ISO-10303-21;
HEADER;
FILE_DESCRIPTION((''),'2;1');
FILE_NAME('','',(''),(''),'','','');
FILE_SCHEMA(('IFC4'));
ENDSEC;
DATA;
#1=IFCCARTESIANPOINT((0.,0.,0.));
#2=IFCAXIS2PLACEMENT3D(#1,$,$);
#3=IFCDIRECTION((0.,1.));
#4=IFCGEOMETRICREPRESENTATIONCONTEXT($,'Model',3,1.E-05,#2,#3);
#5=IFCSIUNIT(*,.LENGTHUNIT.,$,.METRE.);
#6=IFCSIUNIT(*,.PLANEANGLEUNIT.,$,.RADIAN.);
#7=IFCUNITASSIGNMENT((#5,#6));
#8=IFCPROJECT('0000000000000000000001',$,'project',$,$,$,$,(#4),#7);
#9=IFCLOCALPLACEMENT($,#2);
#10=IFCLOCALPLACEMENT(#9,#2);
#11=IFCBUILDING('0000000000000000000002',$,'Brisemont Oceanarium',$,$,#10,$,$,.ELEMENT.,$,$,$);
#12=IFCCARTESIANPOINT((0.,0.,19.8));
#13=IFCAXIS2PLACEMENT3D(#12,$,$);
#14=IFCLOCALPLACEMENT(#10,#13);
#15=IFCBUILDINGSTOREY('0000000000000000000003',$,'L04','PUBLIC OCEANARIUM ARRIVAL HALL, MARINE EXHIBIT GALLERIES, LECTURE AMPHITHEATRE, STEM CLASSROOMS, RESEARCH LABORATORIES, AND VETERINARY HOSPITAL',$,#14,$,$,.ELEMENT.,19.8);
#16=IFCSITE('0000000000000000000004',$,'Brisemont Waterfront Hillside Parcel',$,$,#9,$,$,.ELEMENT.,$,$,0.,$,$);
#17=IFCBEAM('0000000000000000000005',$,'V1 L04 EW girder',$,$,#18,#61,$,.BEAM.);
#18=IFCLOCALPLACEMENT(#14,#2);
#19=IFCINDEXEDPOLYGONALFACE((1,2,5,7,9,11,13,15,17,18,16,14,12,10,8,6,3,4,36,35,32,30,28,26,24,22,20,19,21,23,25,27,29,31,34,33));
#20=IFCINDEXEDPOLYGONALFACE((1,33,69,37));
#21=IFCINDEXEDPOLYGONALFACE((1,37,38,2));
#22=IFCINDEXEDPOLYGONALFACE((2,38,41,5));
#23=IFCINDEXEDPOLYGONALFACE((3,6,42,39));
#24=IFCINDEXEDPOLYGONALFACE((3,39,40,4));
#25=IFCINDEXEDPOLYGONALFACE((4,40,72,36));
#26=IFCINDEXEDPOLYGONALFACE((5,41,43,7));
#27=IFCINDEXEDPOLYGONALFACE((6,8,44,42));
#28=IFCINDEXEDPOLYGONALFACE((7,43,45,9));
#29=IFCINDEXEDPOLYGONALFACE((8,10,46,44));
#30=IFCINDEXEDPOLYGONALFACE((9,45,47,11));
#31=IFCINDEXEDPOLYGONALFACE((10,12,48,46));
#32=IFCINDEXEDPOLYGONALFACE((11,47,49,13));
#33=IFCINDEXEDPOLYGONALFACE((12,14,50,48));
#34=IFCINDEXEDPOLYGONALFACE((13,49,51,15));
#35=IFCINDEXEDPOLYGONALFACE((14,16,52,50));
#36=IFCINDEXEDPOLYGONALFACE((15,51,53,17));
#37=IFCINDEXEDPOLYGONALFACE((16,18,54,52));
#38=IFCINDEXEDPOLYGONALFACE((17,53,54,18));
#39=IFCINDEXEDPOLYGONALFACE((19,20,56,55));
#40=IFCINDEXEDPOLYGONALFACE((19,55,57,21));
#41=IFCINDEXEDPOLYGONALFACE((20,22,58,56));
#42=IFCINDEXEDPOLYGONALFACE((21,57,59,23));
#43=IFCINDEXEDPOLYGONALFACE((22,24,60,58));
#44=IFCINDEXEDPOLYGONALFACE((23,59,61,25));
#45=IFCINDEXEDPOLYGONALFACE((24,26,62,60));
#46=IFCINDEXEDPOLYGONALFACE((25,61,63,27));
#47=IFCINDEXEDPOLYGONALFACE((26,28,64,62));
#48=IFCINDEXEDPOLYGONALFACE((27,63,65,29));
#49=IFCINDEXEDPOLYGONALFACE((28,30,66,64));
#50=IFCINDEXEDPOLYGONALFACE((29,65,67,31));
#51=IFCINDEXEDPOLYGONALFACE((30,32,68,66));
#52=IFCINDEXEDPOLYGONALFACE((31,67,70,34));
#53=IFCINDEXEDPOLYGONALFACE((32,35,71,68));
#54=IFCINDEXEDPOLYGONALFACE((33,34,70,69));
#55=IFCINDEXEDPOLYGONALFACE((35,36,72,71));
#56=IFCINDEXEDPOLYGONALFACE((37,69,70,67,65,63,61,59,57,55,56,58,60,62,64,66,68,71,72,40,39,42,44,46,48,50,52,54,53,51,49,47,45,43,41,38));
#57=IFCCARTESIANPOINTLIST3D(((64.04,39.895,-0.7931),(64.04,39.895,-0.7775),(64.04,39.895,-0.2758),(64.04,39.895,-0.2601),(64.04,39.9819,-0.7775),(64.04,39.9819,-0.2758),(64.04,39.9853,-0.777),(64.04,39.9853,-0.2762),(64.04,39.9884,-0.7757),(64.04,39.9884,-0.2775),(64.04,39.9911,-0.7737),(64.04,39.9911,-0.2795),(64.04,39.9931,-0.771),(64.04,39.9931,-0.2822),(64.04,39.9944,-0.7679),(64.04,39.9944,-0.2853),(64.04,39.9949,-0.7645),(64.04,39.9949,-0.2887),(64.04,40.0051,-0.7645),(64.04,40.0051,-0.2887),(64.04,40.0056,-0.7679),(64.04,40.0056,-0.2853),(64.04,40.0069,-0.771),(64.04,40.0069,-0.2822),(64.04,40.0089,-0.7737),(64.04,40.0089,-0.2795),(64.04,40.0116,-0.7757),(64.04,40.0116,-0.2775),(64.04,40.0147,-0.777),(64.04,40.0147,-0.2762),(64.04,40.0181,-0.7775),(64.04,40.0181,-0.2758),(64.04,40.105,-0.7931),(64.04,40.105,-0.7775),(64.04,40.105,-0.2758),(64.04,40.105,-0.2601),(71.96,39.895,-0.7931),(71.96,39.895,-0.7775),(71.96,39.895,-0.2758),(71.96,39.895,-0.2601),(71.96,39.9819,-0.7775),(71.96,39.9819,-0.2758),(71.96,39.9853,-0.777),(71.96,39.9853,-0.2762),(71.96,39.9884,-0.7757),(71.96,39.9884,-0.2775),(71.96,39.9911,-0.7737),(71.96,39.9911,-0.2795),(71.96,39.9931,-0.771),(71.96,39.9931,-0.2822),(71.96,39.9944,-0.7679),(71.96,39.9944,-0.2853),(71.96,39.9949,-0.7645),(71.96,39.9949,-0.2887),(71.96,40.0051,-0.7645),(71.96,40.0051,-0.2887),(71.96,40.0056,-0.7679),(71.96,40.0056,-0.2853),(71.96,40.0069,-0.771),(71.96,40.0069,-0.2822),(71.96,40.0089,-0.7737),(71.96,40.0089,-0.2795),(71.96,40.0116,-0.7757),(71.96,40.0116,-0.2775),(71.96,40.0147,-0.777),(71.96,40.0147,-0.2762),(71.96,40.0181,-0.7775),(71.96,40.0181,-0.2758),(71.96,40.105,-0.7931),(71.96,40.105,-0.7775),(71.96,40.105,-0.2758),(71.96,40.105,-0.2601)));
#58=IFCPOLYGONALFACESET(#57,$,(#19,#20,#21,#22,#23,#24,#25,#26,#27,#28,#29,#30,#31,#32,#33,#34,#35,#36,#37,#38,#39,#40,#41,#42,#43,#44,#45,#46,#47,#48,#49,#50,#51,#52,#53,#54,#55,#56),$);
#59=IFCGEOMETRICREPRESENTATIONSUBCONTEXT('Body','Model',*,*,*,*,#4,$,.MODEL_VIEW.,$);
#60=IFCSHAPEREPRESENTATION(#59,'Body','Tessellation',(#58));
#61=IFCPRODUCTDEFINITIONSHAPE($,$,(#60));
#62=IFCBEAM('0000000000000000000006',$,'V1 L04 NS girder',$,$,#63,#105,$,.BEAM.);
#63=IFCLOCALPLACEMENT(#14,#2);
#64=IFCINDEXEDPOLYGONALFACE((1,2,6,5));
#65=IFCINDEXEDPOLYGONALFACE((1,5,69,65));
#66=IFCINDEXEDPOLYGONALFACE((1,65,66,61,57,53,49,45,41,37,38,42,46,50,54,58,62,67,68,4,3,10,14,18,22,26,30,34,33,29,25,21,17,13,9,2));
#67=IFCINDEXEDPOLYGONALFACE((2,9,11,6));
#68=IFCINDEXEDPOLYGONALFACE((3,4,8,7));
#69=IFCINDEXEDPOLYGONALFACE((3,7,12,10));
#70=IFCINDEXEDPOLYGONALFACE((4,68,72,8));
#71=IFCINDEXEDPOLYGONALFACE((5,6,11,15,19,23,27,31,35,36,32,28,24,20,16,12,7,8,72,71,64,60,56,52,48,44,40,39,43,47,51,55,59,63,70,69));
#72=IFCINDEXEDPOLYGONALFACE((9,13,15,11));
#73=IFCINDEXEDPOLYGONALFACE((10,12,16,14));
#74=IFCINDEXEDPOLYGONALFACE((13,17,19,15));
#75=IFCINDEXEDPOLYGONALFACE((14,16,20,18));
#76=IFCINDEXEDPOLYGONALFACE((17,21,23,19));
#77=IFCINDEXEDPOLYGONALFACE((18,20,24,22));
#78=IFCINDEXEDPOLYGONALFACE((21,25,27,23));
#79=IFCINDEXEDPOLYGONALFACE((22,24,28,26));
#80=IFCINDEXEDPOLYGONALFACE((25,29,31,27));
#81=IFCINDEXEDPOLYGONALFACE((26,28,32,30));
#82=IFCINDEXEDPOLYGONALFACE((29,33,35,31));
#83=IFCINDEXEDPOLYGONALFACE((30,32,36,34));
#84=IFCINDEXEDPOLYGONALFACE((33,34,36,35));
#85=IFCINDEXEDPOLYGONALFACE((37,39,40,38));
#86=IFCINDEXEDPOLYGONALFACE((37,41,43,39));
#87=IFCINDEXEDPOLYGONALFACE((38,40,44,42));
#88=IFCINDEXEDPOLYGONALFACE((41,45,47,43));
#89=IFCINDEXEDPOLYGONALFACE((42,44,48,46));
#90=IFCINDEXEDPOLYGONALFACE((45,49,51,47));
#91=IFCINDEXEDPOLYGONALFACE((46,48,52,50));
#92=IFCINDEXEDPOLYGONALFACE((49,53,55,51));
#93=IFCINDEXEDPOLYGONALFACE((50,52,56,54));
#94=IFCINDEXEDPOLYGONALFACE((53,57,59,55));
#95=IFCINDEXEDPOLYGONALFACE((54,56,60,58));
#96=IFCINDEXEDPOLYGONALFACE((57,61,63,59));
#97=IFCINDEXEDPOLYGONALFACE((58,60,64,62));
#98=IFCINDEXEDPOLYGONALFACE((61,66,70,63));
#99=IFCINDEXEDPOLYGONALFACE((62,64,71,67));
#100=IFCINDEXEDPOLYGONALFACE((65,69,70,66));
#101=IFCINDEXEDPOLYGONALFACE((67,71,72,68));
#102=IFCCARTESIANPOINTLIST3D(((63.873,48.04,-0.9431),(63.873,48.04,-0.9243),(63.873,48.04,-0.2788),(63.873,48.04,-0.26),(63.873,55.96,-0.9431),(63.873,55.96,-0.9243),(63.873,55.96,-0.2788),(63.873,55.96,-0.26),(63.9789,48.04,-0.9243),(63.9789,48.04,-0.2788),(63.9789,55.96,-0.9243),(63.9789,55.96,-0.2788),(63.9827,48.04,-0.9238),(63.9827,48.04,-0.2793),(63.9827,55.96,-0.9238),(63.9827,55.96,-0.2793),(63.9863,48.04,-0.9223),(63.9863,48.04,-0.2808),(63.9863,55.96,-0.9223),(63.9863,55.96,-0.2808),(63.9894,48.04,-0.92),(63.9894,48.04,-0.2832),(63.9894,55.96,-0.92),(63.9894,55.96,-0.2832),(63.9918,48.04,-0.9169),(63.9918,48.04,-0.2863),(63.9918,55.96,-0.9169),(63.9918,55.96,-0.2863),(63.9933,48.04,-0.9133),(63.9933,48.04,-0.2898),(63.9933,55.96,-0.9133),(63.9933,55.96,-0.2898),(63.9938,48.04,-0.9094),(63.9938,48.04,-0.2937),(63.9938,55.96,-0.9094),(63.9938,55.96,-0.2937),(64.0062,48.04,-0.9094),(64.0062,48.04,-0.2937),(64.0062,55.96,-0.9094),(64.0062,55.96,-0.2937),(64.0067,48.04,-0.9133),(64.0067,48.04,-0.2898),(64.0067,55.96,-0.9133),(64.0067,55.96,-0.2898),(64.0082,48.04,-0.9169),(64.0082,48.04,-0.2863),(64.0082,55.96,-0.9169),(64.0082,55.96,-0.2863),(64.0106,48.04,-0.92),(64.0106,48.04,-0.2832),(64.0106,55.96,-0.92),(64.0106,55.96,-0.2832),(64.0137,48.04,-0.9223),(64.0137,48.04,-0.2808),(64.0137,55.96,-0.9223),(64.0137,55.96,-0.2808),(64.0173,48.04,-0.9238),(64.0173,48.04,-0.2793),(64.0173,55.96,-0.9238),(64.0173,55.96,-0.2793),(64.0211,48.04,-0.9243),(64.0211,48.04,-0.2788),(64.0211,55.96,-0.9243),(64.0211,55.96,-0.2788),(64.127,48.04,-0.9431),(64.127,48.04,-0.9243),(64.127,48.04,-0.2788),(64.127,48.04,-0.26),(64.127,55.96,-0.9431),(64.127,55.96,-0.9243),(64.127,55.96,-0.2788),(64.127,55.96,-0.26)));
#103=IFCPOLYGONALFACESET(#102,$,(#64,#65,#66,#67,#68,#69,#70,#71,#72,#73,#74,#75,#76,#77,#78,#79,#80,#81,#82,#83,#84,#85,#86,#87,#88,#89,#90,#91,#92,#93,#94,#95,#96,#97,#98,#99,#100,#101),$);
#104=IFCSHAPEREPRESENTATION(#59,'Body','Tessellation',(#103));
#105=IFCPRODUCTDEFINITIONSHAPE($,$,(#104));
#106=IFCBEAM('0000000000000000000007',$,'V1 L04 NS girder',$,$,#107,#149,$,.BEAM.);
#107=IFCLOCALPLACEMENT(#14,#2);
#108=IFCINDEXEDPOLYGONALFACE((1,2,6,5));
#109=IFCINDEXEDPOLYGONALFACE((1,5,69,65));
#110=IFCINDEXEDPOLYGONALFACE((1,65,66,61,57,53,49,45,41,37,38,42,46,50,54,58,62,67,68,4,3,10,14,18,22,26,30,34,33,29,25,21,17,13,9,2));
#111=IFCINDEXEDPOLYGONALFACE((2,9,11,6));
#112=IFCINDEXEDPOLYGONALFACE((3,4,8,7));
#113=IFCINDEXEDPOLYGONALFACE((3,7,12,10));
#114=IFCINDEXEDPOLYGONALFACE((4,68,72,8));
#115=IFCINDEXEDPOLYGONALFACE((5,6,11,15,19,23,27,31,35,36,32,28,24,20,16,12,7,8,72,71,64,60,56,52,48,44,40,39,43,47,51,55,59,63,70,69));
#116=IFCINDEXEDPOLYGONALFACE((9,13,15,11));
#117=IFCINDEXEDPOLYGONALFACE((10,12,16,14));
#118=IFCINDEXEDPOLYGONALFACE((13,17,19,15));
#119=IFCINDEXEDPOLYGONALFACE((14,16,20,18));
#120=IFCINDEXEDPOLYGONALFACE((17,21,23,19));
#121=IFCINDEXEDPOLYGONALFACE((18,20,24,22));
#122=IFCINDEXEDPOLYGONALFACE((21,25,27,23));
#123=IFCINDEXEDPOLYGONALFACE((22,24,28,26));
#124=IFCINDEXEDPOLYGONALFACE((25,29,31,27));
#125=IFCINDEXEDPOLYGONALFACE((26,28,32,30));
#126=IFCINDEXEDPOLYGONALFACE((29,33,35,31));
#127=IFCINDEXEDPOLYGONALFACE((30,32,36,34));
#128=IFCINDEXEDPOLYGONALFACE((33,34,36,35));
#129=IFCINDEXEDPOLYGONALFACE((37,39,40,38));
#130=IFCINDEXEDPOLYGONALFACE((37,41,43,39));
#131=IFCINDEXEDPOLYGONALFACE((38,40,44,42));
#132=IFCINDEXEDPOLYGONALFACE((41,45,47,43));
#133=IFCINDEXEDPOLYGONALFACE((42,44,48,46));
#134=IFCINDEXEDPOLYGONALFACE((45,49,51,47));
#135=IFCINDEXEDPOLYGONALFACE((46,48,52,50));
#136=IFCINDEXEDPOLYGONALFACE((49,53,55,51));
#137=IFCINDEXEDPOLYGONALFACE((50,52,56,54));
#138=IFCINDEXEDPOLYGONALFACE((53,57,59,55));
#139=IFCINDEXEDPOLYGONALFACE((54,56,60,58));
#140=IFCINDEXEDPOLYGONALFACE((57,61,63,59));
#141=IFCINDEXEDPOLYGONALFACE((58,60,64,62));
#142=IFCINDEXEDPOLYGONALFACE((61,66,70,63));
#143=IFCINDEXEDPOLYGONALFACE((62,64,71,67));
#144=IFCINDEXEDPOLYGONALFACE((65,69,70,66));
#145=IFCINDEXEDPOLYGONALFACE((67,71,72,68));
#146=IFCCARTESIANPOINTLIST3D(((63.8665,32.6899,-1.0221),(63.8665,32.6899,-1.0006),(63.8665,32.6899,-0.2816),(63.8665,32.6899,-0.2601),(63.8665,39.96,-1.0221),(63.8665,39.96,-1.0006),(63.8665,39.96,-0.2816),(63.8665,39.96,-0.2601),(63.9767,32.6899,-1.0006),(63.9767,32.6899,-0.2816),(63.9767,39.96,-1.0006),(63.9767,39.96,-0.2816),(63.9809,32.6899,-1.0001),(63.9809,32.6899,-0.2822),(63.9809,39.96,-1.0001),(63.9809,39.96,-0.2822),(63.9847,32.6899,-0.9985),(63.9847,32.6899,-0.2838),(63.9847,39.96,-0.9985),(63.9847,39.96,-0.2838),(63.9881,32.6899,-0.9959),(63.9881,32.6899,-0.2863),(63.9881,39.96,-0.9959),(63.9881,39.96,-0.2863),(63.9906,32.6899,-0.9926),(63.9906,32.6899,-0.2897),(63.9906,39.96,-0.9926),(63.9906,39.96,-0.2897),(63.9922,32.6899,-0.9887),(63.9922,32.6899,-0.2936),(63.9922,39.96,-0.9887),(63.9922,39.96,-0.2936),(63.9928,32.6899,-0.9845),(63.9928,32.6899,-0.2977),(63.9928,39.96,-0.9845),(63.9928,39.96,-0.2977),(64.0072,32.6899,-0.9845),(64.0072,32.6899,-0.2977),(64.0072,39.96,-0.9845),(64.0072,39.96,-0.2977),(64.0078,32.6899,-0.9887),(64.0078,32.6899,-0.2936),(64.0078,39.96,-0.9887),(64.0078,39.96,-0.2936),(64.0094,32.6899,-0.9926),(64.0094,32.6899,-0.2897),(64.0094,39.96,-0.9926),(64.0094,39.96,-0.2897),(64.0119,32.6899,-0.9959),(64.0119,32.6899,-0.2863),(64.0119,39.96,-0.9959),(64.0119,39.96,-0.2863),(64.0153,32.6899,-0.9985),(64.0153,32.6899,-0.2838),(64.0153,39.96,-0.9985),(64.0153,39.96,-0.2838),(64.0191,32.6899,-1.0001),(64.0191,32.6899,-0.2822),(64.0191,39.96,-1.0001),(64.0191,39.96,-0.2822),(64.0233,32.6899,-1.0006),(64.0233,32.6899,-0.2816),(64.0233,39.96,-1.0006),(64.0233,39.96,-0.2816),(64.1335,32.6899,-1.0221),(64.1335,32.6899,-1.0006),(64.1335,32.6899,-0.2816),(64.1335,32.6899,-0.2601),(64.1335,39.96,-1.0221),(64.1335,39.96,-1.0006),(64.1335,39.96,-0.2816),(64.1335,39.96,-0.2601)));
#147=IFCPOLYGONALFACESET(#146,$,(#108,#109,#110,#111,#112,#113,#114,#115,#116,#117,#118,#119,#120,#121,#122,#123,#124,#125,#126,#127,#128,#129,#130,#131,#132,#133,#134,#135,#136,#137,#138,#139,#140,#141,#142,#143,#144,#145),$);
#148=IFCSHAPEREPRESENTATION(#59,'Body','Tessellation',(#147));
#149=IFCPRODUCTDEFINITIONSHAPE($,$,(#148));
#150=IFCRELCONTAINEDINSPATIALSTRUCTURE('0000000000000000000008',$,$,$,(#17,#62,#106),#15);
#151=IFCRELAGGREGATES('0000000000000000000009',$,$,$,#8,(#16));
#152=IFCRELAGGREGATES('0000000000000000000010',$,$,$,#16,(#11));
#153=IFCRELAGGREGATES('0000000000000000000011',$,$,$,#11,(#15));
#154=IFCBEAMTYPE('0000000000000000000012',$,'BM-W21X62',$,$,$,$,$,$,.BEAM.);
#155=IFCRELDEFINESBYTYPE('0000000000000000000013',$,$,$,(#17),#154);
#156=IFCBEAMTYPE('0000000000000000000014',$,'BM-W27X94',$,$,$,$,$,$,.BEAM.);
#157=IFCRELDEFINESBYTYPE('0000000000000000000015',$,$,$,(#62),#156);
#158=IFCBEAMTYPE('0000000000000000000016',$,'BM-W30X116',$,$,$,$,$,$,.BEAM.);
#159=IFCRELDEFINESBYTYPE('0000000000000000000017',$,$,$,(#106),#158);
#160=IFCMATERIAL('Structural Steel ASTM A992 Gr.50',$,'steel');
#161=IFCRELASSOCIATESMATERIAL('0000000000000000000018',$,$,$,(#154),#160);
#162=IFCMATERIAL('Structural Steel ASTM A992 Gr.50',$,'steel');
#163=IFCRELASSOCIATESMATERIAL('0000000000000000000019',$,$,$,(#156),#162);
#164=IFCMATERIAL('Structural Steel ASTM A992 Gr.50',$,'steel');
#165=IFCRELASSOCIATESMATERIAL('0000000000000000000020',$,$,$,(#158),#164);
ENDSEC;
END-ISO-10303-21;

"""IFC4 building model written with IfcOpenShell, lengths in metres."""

from ifc_helpers import new_model, si_unit, direction, frame, origin, origin_2d, place, context, subcontext, project, spatial, i_section, extrude, material, material_profile, profile_set, type_object, element, save


model = new_model("IFC4")

# Units and contexts
model_context = context("Model", 3, precision=1e-05, world=origin(), true_north=direction((0.0, 1.0)))
body_context = subcontext(model_context, "Body", "Model", "MODEL_VIEW")
ifc_project = project(units=[si_unit("LENGTHUNIT", "METRE"), si_unit("PLANEANGLEUNIT", "RADIAN")], contexts=[model_context])

# Site, building, storey
site_placement = place(None, origin())
site = spatial("IfcSite", under=ifc_project, at=site_placement, Name="Brisemont Waterfront Hillside Parcel", CompositionType="ELEMENT", RefElevation=0.0)
building_placement = place(site_placement, origin())
building = spatial("IfcBuilding", under=site, at=building_placement, Name="Brisemont Oceanarium", CompositionType="ELEMENT")
storey_placement = place(building_placement, frame((0.0, 0.0, 19.8)))
storey = spatial("IfcBuildingStorey", under=building, at=storey_placement, Name="L04", Description="PUBLIC OCEANARIUM ARRIVAL HALL, MARINE EXHIBIT GALLERIES, LECTURE AMPHITHEATRE, STEM CLASSROOMS, RESEARCH LABORATORIES, AND VETERINARY HOSPITAL", CompositionType="ELEMENT", Elevation=19.8)

# Beams
ifc_material_1 = material(Name="Structural Steel ASTM A992 Gr.50", Category="steel")
ifc_material_profile_1 = material_profile(ifc_material_1, i_section(OverallWidth=0.21, OverallDepth=0.533, WebThickness=0.0103, FlangeThickness=0.0156, FilletRadius=0.0129, at=origin_2d()), Name="W21X62")
ifc_profile_set_1 = profile_set([ifc_material_profile_1], Name="Structural Steel ASTM A992 Gr.50")
beam_type_1 = type_object("IfcBeamType", Name="BM-W21X62", PredefinedType="BEAM", material=ifc_profile_set_1)
beam_1_placement = place(storey_placement, frame((64.04, 40.0, -0.5266), z_axis=(1.0, 0.0, 0.0), x_axis=(0.0, 1.0, 0.0)))
element("IfcBeam", 1, at=beam_1_placement, inside=storey, type_object=beam_type_1, Name="V1 L04 EW girder", PredefinedType="BEAM", context=body_context, shape_type="SweptSolid", body=[
    extrude(i_section(OverallWidth=0.21, OverallDepth=0.533, WebThickness=0.0103, FlangeThickness=0.0156, FilletRadius=0.0129, at=origin_2d()), origin(), (0.0, 0.0, 1.0), 7.9199),
])
ifc_material_2 = material(Name="Structural Steel ASTM A992 Gr.50", Category="steel")
ifc_material_profile_2 = material_profile(ifc_material_2, i_section(OverallWidth=0.2539, OverallDepth=0.6831, WebThickness=0.0125, FlangeThickness=0.0188, FilletRadius=0.0149, at=origin_2d()), Name="W27X94")
ifc_profile_set_2 = profile_set([ifc_material_profile_2], Name="Structural Steel ASTM A992 Gr.50")
beam_type_2 = type_object("IfcBeamType", Name="BM-W27X94", PredefinedType="BEAM", material=ifc_profile_set_2)
beam_2_placement = place(storey_placement, frame((64.0, 48.04, -0.6016), z_axis=(0.0, 1.0, 0.0), x_axis=(-1.0, 0.0, 0.0)))
element("IfcBeam", 2, at=beam_2_placement, inside=storey, type_object=beam_type_2, Name="V1 L04 NS girder", PredefinedType="BEAM", context=body_context, shape_type="SweptSolid", body=[
    extrude(i_section(OverallWidth=0.2539, OverallDepth=0.6831, WebThickness=0.0125, FlangeThickness=0.0188, FilletRadius=0.0149, at=origin_2d()), origin(), (0.0, 0.0, 1.0), 7.9199),
])
ifc_material_3 = material(Name="Structural Steel ASTM A992 Gr.50", Category="steel")
ifc_material_profile_3 = material_profile(ifc_material_3, i_section(OverallWidth=0.2671, OverallDepth=0.762, WebThickness=0.0144, FlangeThickness=0.0215, FilletRadius=0.0161, at=origin_2d()), Name="W30X116")
ifc_profile_set_3 = profile_set([ifc_material_profile_3], Name="Structural Steel ASTM A992 Gr.50")
beam_type_3 = type_object("IfcBeamType", Name="BM-W30X116", PredefinedType="BEAM", material=ifc_profile_set_3)
beam_3_placement = place(storey_placement, frame((64.0, 32.6899, -0.6411), z_axis=(0.0, 1.0, 0.0), x_axis=(-1.0, 0.0, 0.0)))
element("IfcBeam", 3, at=beam_3_placement, inside=storey, type_object=beam_type_3, Name="V1 L04 NS girder", PredefinedType="BEAM", context=body_context, shape_type="SweptSolid", body=[
    extrude(i_section(OverallWidth=0.2671, OverallDepth=0.762, WebThickness=0.0144, FlangeThickness=0.0215, FilletRadius=0.0161, at=origin_2d()), origin(), (0.0, 0.0, 1.0), 7.27),
])

save(model, "model.ifc")
